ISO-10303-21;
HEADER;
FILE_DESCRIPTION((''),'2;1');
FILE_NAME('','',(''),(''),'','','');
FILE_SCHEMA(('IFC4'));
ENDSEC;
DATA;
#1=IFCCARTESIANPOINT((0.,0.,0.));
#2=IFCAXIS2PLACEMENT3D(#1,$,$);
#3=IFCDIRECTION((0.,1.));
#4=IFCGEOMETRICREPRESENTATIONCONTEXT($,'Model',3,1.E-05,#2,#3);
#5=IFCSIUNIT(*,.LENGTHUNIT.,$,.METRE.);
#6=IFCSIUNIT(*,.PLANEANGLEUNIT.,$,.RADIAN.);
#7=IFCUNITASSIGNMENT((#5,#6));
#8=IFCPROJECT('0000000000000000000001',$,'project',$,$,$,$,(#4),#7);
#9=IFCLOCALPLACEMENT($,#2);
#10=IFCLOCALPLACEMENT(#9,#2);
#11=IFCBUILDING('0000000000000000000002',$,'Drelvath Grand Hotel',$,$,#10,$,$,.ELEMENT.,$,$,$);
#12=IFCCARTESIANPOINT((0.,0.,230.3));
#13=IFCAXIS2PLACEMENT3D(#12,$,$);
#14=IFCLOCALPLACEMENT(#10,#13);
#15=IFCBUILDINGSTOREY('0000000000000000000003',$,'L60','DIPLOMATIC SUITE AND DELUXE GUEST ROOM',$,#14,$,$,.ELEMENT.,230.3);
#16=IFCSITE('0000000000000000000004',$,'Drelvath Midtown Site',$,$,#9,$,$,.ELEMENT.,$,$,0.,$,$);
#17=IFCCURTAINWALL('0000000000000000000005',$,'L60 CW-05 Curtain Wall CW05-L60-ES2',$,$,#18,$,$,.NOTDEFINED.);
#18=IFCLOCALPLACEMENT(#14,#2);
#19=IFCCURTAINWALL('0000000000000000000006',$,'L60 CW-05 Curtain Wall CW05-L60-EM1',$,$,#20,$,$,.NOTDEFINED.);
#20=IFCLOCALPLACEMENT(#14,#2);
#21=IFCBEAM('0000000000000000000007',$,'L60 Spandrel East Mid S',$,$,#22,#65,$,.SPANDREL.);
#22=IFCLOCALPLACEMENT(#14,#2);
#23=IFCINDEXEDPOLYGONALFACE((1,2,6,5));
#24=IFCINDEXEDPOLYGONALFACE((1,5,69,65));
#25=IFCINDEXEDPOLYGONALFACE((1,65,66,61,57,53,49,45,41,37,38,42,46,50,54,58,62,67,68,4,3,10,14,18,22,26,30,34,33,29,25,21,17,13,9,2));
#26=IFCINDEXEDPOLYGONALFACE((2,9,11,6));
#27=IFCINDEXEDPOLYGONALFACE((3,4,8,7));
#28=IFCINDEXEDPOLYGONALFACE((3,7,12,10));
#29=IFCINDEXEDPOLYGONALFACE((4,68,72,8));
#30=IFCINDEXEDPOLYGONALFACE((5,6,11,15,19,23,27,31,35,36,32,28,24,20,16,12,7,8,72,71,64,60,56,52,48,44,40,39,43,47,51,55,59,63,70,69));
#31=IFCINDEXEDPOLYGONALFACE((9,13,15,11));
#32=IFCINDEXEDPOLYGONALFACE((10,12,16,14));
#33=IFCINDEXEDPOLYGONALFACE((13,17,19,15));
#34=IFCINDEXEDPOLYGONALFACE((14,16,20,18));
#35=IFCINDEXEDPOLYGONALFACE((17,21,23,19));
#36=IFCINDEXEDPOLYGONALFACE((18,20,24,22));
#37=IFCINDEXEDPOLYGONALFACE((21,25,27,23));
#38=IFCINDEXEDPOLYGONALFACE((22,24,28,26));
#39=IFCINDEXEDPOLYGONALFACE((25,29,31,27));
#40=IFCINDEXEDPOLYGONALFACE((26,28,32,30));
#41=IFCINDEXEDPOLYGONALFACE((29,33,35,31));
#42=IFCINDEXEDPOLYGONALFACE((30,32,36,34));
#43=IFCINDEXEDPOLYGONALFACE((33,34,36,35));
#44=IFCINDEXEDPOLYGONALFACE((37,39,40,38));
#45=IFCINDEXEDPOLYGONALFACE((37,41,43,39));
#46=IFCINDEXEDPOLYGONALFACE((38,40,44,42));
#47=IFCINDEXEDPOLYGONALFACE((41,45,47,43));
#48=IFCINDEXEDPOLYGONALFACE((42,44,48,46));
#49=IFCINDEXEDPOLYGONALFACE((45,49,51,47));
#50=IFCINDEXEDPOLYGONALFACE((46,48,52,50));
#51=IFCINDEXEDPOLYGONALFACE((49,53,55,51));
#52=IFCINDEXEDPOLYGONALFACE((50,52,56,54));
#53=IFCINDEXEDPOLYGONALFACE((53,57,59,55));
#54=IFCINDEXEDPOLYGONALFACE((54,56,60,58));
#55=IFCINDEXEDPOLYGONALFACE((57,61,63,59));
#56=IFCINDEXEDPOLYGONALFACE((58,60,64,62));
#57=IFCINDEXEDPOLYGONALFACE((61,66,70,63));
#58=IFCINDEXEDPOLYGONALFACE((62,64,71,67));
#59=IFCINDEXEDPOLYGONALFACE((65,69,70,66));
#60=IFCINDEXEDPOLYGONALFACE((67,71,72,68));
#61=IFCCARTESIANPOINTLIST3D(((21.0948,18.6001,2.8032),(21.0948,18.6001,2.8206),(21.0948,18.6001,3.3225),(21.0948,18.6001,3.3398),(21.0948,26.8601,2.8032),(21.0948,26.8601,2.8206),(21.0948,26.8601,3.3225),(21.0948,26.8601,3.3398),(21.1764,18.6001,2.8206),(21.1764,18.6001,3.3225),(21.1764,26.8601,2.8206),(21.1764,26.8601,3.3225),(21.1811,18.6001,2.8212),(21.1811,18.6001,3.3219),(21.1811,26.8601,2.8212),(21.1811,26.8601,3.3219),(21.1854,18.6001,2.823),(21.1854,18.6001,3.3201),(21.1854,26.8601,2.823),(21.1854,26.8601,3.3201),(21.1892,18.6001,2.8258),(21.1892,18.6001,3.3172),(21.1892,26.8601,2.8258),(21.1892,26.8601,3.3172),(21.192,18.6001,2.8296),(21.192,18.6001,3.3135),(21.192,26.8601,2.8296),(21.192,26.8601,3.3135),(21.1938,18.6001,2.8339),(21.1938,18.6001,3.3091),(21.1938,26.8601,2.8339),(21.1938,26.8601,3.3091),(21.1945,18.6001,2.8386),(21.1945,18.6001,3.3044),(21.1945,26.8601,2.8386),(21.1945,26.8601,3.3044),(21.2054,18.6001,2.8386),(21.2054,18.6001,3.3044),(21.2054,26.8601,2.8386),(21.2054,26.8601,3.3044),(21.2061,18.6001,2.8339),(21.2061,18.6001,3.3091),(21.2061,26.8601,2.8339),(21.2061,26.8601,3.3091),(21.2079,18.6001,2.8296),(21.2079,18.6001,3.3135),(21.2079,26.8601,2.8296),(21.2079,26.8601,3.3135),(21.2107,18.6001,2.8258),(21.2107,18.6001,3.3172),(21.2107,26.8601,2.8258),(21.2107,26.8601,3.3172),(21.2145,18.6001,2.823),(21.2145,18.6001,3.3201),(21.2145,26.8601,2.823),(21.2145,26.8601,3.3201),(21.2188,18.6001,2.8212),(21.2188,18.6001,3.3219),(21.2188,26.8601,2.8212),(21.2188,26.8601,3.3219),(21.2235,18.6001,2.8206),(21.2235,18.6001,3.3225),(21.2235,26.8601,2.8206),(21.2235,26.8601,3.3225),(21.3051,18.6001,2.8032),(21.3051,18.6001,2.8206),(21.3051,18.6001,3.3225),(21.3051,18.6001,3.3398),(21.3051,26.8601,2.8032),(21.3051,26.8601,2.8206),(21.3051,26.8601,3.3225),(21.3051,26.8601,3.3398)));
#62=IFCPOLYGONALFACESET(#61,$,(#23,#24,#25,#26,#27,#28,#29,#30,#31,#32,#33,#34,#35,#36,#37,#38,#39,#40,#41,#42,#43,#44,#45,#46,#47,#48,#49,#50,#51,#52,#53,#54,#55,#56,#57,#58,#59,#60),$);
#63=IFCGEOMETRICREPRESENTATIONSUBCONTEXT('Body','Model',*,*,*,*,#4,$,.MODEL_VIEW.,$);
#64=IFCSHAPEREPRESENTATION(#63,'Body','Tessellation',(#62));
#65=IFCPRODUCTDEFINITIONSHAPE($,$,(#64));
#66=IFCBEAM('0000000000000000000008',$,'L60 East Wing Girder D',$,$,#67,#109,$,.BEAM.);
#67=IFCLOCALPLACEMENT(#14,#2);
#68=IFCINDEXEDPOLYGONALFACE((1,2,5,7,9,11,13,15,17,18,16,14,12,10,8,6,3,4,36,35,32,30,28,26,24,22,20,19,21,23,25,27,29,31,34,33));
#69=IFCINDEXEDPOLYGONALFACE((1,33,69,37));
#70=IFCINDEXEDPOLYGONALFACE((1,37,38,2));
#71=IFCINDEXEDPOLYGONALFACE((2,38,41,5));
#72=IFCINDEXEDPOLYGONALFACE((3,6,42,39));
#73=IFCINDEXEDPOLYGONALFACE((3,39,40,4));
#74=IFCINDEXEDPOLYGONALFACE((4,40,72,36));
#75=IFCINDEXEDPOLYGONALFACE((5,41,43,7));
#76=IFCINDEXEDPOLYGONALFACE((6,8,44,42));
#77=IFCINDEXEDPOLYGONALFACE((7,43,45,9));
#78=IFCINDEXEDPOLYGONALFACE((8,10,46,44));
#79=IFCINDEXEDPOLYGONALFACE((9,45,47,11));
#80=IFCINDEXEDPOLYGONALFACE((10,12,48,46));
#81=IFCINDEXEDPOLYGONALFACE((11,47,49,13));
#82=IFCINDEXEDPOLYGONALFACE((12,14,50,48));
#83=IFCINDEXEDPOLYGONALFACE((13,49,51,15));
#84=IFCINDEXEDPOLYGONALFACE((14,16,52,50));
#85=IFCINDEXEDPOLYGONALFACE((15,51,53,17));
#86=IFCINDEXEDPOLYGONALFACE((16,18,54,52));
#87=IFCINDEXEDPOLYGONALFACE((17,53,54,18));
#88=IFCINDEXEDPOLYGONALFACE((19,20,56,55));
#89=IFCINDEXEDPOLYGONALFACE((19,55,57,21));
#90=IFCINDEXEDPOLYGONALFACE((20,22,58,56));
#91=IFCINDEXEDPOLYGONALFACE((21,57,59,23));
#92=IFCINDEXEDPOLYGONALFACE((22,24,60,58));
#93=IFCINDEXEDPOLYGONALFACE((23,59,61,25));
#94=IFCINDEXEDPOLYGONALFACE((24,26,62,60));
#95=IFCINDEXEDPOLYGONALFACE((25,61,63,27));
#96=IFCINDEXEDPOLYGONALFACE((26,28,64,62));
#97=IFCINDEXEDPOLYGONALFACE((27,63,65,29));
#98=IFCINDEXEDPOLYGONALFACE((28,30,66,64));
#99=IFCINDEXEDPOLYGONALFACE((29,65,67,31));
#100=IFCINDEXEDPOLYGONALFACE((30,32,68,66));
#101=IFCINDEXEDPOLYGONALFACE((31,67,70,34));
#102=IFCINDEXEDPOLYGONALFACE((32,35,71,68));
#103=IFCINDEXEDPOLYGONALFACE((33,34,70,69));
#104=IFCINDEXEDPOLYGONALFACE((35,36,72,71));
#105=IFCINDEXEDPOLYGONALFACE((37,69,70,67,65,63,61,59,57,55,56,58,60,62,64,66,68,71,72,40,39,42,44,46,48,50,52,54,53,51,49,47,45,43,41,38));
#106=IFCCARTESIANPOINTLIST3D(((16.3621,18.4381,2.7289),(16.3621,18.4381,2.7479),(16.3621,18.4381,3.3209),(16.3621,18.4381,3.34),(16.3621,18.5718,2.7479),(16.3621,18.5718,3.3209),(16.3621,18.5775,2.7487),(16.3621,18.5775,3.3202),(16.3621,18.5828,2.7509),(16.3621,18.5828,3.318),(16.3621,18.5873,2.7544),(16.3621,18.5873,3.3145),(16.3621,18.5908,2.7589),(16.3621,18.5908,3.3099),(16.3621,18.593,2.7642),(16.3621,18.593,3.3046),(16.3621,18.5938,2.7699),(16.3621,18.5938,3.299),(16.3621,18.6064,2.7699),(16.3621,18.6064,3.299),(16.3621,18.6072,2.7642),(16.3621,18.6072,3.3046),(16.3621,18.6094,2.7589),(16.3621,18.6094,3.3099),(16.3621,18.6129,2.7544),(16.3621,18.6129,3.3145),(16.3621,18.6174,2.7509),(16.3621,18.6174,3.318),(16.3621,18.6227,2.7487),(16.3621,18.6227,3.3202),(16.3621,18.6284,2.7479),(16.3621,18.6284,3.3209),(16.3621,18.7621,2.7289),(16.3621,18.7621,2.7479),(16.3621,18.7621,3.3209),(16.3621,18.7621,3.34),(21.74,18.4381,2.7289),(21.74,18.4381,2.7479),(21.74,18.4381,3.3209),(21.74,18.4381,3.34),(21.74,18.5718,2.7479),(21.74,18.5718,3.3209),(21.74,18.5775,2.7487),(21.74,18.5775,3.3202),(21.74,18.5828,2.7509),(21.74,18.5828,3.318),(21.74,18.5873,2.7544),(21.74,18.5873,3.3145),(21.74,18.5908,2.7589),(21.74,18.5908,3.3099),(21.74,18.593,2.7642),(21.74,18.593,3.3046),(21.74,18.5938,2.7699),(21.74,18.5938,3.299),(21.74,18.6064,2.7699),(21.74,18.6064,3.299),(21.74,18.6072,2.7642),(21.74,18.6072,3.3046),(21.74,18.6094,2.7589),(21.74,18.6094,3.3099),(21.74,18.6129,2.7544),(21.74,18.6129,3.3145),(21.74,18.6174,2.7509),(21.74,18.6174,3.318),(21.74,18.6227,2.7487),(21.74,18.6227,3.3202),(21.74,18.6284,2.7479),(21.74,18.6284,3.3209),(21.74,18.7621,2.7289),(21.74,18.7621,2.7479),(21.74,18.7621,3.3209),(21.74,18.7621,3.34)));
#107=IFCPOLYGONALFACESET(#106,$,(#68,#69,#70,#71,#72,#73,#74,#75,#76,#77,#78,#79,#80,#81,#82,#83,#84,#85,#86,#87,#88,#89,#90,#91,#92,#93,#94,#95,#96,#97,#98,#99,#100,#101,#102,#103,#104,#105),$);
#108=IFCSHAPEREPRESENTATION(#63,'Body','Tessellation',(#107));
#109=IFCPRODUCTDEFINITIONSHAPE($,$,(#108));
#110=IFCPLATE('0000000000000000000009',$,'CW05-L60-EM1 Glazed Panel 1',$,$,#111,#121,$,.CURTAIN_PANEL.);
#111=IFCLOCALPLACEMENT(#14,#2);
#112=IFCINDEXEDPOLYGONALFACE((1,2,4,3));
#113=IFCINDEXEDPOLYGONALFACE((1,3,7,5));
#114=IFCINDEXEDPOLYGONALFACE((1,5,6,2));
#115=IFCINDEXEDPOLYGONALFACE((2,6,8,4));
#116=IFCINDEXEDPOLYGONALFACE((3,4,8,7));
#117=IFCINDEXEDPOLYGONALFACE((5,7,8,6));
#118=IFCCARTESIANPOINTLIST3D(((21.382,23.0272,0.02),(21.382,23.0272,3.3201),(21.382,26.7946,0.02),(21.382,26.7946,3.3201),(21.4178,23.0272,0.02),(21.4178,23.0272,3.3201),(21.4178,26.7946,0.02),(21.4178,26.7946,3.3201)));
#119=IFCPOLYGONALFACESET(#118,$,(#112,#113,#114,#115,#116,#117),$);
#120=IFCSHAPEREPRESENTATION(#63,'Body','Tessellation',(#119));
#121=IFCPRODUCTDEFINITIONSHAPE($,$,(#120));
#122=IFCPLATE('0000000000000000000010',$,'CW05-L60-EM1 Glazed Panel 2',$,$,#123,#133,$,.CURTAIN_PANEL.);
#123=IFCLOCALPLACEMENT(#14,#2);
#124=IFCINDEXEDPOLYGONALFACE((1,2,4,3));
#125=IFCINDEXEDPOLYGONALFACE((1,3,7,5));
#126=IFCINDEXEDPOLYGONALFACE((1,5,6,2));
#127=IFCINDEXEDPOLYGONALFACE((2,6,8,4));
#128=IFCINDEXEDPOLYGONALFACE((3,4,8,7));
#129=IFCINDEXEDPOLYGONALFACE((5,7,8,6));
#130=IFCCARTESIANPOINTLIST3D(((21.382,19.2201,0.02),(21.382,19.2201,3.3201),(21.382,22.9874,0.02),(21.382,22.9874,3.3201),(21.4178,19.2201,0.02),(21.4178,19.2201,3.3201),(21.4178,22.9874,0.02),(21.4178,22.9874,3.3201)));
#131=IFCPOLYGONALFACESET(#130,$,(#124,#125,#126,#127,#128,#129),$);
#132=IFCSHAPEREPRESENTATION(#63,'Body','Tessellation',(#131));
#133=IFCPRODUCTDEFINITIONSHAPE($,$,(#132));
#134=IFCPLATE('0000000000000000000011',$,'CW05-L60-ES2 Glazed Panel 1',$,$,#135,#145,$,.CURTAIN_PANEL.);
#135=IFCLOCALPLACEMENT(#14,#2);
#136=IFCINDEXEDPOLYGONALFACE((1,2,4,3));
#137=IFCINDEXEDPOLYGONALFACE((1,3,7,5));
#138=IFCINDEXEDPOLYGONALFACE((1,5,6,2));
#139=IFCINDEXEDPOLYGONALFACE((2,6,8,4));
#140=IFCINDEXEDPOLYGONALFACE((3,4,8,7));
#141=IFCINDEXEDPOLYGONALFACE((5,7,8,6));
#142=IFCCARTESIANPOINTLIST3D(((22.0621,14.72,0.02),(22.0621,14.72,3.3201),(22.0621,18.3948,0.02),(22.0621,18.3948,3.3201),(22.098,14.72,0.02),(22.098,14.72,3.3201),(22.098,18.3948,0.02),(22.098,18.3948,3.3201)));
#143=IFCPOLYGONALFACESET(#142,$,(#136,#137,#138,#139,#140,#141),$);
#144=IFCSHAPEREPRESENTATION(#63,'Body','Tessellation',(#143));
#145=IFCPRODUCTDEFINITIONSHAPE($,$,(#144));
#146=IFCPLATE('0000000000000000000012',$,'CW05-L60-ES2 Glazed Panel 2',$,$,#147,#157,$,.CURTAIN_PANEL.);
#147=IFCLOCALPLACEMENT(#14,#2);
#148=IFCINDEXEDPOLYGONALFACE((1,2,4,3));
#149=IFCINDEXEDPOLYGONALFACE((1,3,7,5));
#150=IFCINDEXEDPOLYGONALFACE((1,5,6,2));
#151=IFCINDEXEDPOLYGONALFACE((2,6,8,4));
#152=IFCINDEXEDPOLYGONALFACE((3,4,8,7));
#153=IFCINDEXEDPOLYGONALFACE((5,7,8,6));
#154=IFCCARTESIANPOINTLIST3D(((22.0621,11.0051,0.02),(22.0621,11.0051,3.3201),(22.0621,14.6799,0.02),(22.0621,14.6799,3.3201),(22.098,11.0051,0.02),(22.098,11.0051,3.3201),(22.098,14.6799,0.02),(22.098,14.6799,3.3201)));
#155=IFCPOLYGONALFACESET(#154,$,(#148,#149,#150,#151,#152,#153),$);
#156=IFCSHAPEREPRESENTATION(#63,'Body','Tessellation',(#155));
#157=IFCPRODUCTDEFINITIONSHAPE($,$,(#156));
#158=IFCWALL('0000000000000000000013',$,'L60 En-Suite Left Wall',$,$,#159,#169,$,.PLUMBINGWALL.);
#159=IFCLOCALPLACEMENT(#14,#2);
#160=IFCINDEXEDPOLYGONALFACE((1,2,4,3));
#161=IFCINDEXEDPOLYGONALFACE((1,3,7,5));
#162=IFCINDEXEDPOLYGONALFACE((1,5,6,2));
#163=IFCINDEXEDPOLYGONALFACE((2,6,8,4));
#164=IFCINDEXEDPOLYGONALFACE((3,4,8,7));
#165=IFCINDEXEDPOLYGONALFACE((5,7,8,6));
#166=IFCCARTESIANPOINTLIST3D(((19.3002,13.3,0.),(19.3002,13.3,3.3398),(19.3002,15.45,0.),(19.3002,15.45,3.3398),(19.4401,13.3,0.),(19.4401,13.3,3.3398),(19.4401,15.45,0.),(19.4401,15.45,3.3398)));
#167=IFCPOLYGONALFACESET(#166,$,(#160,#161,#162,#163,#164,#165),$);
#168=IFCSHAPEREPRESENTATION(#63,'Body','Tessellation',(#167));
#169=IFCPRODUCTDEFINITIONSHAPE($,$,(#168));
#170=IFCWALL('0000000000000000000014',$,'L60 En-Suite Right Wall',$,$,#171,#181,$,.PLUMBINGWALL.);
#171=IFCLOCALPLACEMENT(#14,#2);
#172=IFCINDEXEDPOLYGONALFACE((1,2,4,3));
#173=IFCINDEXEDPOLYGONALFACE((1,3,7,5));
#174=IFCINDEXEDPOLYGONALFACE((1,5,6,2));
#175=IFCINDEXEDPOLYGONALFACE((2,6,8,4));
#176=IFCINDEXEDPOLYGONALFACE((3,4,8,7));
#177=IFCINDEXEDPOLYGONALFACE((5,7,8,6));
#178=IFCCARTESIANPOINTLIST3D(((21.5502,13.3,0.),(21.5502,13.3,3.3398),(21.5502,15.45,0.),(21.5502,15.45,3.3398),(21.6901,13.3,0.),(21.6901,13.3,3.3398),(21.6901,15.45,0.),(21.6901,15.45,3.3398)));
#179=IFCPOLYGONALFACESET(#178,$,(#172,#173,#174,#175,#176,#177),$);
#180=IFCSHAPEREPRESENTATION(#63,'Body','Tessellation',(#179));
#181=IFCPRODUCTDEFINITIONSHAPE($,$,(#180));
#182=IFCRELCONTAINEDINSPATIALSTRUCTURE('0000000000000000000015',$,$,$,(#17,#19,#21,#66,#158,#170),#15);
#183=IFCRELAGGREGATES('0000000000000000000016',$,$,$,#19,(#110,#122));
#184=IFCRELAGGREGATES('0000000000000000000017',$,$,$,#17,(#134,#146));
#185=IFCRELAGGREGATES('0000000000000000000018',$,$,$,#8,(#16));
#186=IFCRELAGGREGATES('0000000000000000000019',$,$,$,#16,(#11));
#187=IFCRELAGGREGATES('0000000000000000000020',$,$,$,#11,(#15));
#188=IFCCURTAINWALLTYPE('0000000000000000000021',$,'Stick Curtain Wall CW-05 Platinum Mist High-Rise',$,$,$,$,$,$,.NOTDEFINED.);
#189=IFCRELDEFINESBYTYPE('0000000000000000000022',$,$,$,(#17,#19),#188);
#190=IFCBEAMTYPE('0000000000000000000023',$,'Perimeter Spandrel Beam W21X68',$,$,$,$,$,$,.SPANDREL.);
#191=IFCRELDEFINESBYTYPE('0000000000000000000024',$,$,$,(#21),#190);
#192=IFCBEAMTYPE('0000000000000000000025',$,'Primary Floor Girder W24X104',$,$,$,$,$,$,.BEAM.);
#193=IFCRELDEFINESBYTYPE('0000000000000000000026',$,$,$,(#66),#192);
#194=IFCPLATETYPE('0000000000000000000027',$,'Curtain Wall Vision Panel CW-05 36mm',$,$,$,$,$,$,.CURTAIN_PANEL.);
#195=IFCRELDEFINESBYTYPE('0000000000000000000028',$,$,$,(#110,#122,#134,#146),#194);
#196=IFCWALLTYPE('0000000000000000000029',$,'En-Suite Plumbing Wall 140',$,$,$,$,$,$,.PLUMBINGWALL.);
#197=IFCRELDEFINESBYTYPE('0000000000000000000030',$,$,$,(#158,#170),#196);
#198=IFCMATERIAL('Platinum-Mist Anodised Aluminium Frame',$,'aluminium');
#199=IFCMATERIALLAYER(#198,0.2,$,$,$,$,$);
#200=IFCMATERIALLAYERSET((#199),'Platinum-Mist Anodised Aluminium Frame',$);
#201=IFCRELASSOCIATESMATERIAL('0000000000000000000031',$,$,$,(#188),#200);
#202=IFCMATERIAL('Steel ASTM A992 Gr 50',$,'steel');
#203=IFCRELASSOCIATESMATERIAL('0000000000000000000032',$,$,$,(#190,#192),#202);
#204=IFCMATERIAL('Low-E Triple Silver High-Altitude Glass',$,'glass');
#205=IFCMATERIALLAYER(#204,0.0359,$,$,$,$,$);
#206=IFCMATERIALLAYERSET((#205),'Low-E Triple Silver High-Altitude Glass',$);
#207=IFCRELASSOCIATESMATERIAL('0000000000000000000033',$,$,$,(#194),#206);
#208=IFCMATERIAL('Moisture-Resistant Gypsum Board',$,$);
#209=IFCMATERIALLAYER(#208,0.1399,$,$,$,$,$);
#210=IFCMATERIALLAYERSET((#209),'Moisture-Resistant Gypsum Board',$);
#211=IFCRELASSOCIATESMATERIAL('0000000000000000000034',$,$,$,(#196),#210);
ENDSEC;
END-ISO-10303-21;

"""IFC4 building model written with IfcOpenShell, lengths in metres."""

from ifc_helpers import new_model, si_unit, direction, frame, frame_2d, origin, origin_2d, place, context, subcontext, project, spatial, rectangle, i_section, extrude, material, layer, layer_set, material_profile, profile_set, type_object, element, aggregate, save


model = new_model("IFC4")

# Units and contexts
model_context = context("Model", 3, precision=1e-05, world=origin(), true_north=direction((0.0, 1.0)))
body_context = subcontext(model_context, "Body", "Model", "MODEL_VIEW")
ifc_project = project(units=[si_unit("LENGTHUNIT", "METRE"), si_unit("PLANEANGLEUNIT", "RADIAN")], contexts=[model_context])

# Site, building, storey
site_placement = place(None, origin())
site = spatial("IfcSite", under=ifc_project, at=site_placement, Name="Drelvath Midtown Site", CompositionType="ELEMENT", RefElevation=0.0)
building_placement = place(site_placement, origin())
building = spatial("IfcBuilding", under=site, at=building_placement, Name="Drelvath Grand Hotel", CompositionType="ELEMENT")
storey_placement = place(building_placement, frame((0.0, 0.0, 230.3)))
storey = spatial("IfcBuildingStorey", under=building, at=storey_placement, Name="L60", Description="DIPLOMATIC SUITE AND DELUXE GUEST ROOM", CompositionType="ELEMENT", Elevation=230.3)

# Curtain wall
ifc_material_1 = material(Name="Platinum-Mist Anodised Aluminium Frame", Category="aluminium")
ifc_layer_1 = layer(ifc_material_1, 0.2)
ifc_layer_set_1 = layer_set([ifc_layer_1], Name="Platinum-Mist Anodised Aluminium Frame")
curtain_wall_type = type_object("IfcCurtainWallType", Name="Stick Curtain Wall CW-05 Platinum Mist High-Rise", PredefinedType="NOTDEFINED", material=ifc_layer_set_1)
curtain_wall_1_placement = place(storey_placement, origin())
curtain_wall_1 = element("IfcCurtainWall", 1, at=curtain_wall_1_placement, inside=storey, type_object=curtain_wall_type, Name="L60 CW-05 Curtain Wall CW05-L60-ES2", PredefinedType="NOTDEFINED")

# Curtain wall
curtain_wall_2_placement = place(storey_placement, origin())
curtain_wall_2 = element("IfcCurtainWall", 2, at=curtain_wall_2_placement, inside=storey, type_object=curtain_wall_type, Name="L60 CW-05 Curtain Wall CW05-L60-EM1", PredefinedType="NOTDEFINED")

# Beams
ifc_material_2 = material(Name="Steel ASTM A992 Gr 50", Category="steel")
ifc_material_profile_1 = material_profile(ifc_material_2, i_section(OverallWidth=0.2102, OverallDepth=0.5366, WebThickness=0.011, FlangeThickness=0.0173, FilletRadius=0.0181, at=origin_2d()), Name="W21X68")
ifc_profile_set_1 = profile_set([ifc_material_profile_1], Name="Steel ASTM A992 Gr 50")
beam_type_1 = type_object("IfcBeamType", Name="Perimeter Spandrel Beam W21X68", PredefinedType="SPANDREL", material=ifc_profile_set_1)
beam_1_placement = place(storey_placement, frame((21.2, 18.6001, 3.0715), z_axis=(0.0, 1.0, 0.0), x_axis=(-1.0, 0.0, 0.0)))
element("IfcBeam", 3, at=beam_1_placement, inside=storey, type_object=beam_type_1, Name="L60 Spandrel East Mid S", PredefinedType="SPANDREL", context=body_context, shape_type="SweptSolid", body=[
    extrude(i_section(OverallWidth=0.2102, OverallDepth=0.5366, WebThickness=0.011, FlangeThickness=0.0173, FilletRadius=0.0181, at=origin_2d()), origin(), (0.0, 0.0, 1.0), 8.26),
])
ifc_material_profile_2 = material_profile(ifc_material_2, i_section(OverallWidth=0.324, OverallDepth=0.6111, WebThickness=0.0127, FlangeThickness=0.019, FilletRadius=0.022, at=origin_2d()), Name="W24X104")
ifc_profile_set_2 = profile_set([ifc_material_profile_2], Name="Steel ASTM A992 Gr 50")
beam_type_2 = type_object("IfcBeamType", Name="Primary Floor Girder W24X104", PredefinedType="BEAM", material=ifc_profile_set_2)
beam_2_placement = place(storey_placement, frame((16.3621, 18.6001, 3.0344), z_axis=(1.0, 0.0, 0.0), x_axis=(0.0, 1.0, 0.0)))
element("IfcBeam", 4, at=beam_2_placement, inside=storey, type_object=beam_type_2, Name="L60 East Wing Girder D", PredefinedType="BEAM", context=body_context, shape_type="SweptSolid", body=[
    extrude(i_section(OverallWidth=0.324, OverallDepth=0.6111, WebThickness=0.0127, FlangeThickness=0.019, FilletRadius=0.022, at=origin_2d()), origin(), (0.0, 0.0, 1.0), 5.3779),
])

# Plates
ifc_material_3 = material(Name="Low-E Triple Silver High-Altitude Glass", Category="glass")
ifc_layer_2 = layer(ifc_material_3, 0.0359)
ifc_layer_set_2 = layer_set([ifc_layer_2], Name="Low-E Triple Silver High-Altitude Glass")
plate_type = type_object("IfcPlateType", Name="Curtain Wall Vision Panel CW-05 36mm", PredefinedType="CURTAIN_PANEL", material=ifc_layer_set_2)
plate_1_placement = place(storey_placement, frame((21.3999, 24.9109, 0.02), z_axis=(0.0, 0.0, 1.0), x_axis=(0.0, -1.0, 0.0)))
plate_1 = element("IfcPlate", 5, at=plate_1_placement, type_object=plate_type, Name="CW05-L60-EM1 Glazed Panel 1", PredefinedType="CURTAIN_PANEL", context=body_context, shape_type="SweptSolid", body=[
    extrude(rectangle(XDim=3.7673, YDim=0.0359, at=origin_2d()), origin(), (0.0, 0.0, 1.0), 3.3),
])
plate_2_placement = place(storey_placement, frame((21.3999, 21.1038, 0.02), z_axis=(0.0, 0.0, 1.0), x_axis=(0.0, -1.0, 0.0)))
plate_2 = element("IfcPlate", 6, at=plate_2_placement, type_object=plate_type, Name="CW05-L60-EM1 Glazed Panel 2", PredefinedType="CURTAIN_PANEL", context=body_context, shape_type="SweptSolid", body=[
    extrude(rectangle(XDim=3.7673, YDim=0.0359, at=origin_2d()), origin(), (0.0, 0.0, 1.0), 3.3),
])
aggregate(curtain_wall_2, [plate_1, plate_2])
plate_3_placement = place(storey_placement, frame((22.0801, 16.5574, 0.02), z_axis=(0.0, 0.0, 1.0), x_axis=(0.0, -1.0, 0.0)))
plate_3 = element("IfcPlate", 7, at=plate_3_placement, type_object=plate_type, Name="CW05-L60-ES2 Glazed Panel 1", PredefinedType="CURTAIN_PANEL", context=body_context, shape_type="SweptSolid", body=[
    extrude(rectangle(XDim=3.6748, YDim=0.0359, at=origin_2d()), origin(), (0.0, 0.0, 1.0), 3.3),
])
plate_4_placement = place(storey_placement, frame((22.0801, 12.8425, 0.02), z_axis=(0.0, 0.0, 1.0), x_axis=(0.0, -1.0, 0.0)))
plate_4 = element("IfcPlate", 8, at=plate_4_placement, type_object=plate_type, Name="CW05-L60-ES2 Glazed Panel 2", PredefinedType="CURTAIN_PANEL", context=body_context, shape_type="SweptSolid", body=[
    extrude(rectangle(XDim=3.6748, YDim=0.0359, at=origin_2d()), origin(), (0.0, 0.0, 1.0), 3.3),
])
aggregate(curtain_wall_1, [plate_3, plate_4])

# Walls
ifc_material_4 = material(Name="Moisture-Resistant Gypsum Board")
ifc_layer_3 = layer(ifc_material_4, 0.1399)
ifc_layer_set_3 = layer_set([ifc_layer_3], Name="Moisture-Resistant Gypsum Board")
wall_type_1 = type_object("IfcWallType", Name="En-Suite Plumbing Wall 140", PredefinedType="PLUMBINGWALL", material=ifc_layer_set_3)
for number, where, z_axis, x_axis, name in (
    (9, (19.3701, 15.45, 0.0), (0.0, 0.0, 1.0), (0.0, -1.0, 0.0), "L60 En-Suite Left Wall"),
    (10, (21.6201, 15.45, 0.0), (0.0, 0.0, 1.0), (0.0, -1.0, 0.0), "L60 En-Suite Right Wall"),
):
    element("IfcWall", number, at=place(storey_placement, frame(where, z_axis=z_axis, x_axis=x_axis)), inside=storey, type_object=wall_type_1, Name=name, PredefinedType="PLUMBINGWALL", context=body_context, shape_type="SweptSolid", body=[
        extrude(rectangle(XDim=2.1499, YDim=0.1399, at=frame_2d((1.075, 0.0))), origin(), (0.0, 0.0, 1.0), 3.3398),
    ])

save(model, "model.ifc")
